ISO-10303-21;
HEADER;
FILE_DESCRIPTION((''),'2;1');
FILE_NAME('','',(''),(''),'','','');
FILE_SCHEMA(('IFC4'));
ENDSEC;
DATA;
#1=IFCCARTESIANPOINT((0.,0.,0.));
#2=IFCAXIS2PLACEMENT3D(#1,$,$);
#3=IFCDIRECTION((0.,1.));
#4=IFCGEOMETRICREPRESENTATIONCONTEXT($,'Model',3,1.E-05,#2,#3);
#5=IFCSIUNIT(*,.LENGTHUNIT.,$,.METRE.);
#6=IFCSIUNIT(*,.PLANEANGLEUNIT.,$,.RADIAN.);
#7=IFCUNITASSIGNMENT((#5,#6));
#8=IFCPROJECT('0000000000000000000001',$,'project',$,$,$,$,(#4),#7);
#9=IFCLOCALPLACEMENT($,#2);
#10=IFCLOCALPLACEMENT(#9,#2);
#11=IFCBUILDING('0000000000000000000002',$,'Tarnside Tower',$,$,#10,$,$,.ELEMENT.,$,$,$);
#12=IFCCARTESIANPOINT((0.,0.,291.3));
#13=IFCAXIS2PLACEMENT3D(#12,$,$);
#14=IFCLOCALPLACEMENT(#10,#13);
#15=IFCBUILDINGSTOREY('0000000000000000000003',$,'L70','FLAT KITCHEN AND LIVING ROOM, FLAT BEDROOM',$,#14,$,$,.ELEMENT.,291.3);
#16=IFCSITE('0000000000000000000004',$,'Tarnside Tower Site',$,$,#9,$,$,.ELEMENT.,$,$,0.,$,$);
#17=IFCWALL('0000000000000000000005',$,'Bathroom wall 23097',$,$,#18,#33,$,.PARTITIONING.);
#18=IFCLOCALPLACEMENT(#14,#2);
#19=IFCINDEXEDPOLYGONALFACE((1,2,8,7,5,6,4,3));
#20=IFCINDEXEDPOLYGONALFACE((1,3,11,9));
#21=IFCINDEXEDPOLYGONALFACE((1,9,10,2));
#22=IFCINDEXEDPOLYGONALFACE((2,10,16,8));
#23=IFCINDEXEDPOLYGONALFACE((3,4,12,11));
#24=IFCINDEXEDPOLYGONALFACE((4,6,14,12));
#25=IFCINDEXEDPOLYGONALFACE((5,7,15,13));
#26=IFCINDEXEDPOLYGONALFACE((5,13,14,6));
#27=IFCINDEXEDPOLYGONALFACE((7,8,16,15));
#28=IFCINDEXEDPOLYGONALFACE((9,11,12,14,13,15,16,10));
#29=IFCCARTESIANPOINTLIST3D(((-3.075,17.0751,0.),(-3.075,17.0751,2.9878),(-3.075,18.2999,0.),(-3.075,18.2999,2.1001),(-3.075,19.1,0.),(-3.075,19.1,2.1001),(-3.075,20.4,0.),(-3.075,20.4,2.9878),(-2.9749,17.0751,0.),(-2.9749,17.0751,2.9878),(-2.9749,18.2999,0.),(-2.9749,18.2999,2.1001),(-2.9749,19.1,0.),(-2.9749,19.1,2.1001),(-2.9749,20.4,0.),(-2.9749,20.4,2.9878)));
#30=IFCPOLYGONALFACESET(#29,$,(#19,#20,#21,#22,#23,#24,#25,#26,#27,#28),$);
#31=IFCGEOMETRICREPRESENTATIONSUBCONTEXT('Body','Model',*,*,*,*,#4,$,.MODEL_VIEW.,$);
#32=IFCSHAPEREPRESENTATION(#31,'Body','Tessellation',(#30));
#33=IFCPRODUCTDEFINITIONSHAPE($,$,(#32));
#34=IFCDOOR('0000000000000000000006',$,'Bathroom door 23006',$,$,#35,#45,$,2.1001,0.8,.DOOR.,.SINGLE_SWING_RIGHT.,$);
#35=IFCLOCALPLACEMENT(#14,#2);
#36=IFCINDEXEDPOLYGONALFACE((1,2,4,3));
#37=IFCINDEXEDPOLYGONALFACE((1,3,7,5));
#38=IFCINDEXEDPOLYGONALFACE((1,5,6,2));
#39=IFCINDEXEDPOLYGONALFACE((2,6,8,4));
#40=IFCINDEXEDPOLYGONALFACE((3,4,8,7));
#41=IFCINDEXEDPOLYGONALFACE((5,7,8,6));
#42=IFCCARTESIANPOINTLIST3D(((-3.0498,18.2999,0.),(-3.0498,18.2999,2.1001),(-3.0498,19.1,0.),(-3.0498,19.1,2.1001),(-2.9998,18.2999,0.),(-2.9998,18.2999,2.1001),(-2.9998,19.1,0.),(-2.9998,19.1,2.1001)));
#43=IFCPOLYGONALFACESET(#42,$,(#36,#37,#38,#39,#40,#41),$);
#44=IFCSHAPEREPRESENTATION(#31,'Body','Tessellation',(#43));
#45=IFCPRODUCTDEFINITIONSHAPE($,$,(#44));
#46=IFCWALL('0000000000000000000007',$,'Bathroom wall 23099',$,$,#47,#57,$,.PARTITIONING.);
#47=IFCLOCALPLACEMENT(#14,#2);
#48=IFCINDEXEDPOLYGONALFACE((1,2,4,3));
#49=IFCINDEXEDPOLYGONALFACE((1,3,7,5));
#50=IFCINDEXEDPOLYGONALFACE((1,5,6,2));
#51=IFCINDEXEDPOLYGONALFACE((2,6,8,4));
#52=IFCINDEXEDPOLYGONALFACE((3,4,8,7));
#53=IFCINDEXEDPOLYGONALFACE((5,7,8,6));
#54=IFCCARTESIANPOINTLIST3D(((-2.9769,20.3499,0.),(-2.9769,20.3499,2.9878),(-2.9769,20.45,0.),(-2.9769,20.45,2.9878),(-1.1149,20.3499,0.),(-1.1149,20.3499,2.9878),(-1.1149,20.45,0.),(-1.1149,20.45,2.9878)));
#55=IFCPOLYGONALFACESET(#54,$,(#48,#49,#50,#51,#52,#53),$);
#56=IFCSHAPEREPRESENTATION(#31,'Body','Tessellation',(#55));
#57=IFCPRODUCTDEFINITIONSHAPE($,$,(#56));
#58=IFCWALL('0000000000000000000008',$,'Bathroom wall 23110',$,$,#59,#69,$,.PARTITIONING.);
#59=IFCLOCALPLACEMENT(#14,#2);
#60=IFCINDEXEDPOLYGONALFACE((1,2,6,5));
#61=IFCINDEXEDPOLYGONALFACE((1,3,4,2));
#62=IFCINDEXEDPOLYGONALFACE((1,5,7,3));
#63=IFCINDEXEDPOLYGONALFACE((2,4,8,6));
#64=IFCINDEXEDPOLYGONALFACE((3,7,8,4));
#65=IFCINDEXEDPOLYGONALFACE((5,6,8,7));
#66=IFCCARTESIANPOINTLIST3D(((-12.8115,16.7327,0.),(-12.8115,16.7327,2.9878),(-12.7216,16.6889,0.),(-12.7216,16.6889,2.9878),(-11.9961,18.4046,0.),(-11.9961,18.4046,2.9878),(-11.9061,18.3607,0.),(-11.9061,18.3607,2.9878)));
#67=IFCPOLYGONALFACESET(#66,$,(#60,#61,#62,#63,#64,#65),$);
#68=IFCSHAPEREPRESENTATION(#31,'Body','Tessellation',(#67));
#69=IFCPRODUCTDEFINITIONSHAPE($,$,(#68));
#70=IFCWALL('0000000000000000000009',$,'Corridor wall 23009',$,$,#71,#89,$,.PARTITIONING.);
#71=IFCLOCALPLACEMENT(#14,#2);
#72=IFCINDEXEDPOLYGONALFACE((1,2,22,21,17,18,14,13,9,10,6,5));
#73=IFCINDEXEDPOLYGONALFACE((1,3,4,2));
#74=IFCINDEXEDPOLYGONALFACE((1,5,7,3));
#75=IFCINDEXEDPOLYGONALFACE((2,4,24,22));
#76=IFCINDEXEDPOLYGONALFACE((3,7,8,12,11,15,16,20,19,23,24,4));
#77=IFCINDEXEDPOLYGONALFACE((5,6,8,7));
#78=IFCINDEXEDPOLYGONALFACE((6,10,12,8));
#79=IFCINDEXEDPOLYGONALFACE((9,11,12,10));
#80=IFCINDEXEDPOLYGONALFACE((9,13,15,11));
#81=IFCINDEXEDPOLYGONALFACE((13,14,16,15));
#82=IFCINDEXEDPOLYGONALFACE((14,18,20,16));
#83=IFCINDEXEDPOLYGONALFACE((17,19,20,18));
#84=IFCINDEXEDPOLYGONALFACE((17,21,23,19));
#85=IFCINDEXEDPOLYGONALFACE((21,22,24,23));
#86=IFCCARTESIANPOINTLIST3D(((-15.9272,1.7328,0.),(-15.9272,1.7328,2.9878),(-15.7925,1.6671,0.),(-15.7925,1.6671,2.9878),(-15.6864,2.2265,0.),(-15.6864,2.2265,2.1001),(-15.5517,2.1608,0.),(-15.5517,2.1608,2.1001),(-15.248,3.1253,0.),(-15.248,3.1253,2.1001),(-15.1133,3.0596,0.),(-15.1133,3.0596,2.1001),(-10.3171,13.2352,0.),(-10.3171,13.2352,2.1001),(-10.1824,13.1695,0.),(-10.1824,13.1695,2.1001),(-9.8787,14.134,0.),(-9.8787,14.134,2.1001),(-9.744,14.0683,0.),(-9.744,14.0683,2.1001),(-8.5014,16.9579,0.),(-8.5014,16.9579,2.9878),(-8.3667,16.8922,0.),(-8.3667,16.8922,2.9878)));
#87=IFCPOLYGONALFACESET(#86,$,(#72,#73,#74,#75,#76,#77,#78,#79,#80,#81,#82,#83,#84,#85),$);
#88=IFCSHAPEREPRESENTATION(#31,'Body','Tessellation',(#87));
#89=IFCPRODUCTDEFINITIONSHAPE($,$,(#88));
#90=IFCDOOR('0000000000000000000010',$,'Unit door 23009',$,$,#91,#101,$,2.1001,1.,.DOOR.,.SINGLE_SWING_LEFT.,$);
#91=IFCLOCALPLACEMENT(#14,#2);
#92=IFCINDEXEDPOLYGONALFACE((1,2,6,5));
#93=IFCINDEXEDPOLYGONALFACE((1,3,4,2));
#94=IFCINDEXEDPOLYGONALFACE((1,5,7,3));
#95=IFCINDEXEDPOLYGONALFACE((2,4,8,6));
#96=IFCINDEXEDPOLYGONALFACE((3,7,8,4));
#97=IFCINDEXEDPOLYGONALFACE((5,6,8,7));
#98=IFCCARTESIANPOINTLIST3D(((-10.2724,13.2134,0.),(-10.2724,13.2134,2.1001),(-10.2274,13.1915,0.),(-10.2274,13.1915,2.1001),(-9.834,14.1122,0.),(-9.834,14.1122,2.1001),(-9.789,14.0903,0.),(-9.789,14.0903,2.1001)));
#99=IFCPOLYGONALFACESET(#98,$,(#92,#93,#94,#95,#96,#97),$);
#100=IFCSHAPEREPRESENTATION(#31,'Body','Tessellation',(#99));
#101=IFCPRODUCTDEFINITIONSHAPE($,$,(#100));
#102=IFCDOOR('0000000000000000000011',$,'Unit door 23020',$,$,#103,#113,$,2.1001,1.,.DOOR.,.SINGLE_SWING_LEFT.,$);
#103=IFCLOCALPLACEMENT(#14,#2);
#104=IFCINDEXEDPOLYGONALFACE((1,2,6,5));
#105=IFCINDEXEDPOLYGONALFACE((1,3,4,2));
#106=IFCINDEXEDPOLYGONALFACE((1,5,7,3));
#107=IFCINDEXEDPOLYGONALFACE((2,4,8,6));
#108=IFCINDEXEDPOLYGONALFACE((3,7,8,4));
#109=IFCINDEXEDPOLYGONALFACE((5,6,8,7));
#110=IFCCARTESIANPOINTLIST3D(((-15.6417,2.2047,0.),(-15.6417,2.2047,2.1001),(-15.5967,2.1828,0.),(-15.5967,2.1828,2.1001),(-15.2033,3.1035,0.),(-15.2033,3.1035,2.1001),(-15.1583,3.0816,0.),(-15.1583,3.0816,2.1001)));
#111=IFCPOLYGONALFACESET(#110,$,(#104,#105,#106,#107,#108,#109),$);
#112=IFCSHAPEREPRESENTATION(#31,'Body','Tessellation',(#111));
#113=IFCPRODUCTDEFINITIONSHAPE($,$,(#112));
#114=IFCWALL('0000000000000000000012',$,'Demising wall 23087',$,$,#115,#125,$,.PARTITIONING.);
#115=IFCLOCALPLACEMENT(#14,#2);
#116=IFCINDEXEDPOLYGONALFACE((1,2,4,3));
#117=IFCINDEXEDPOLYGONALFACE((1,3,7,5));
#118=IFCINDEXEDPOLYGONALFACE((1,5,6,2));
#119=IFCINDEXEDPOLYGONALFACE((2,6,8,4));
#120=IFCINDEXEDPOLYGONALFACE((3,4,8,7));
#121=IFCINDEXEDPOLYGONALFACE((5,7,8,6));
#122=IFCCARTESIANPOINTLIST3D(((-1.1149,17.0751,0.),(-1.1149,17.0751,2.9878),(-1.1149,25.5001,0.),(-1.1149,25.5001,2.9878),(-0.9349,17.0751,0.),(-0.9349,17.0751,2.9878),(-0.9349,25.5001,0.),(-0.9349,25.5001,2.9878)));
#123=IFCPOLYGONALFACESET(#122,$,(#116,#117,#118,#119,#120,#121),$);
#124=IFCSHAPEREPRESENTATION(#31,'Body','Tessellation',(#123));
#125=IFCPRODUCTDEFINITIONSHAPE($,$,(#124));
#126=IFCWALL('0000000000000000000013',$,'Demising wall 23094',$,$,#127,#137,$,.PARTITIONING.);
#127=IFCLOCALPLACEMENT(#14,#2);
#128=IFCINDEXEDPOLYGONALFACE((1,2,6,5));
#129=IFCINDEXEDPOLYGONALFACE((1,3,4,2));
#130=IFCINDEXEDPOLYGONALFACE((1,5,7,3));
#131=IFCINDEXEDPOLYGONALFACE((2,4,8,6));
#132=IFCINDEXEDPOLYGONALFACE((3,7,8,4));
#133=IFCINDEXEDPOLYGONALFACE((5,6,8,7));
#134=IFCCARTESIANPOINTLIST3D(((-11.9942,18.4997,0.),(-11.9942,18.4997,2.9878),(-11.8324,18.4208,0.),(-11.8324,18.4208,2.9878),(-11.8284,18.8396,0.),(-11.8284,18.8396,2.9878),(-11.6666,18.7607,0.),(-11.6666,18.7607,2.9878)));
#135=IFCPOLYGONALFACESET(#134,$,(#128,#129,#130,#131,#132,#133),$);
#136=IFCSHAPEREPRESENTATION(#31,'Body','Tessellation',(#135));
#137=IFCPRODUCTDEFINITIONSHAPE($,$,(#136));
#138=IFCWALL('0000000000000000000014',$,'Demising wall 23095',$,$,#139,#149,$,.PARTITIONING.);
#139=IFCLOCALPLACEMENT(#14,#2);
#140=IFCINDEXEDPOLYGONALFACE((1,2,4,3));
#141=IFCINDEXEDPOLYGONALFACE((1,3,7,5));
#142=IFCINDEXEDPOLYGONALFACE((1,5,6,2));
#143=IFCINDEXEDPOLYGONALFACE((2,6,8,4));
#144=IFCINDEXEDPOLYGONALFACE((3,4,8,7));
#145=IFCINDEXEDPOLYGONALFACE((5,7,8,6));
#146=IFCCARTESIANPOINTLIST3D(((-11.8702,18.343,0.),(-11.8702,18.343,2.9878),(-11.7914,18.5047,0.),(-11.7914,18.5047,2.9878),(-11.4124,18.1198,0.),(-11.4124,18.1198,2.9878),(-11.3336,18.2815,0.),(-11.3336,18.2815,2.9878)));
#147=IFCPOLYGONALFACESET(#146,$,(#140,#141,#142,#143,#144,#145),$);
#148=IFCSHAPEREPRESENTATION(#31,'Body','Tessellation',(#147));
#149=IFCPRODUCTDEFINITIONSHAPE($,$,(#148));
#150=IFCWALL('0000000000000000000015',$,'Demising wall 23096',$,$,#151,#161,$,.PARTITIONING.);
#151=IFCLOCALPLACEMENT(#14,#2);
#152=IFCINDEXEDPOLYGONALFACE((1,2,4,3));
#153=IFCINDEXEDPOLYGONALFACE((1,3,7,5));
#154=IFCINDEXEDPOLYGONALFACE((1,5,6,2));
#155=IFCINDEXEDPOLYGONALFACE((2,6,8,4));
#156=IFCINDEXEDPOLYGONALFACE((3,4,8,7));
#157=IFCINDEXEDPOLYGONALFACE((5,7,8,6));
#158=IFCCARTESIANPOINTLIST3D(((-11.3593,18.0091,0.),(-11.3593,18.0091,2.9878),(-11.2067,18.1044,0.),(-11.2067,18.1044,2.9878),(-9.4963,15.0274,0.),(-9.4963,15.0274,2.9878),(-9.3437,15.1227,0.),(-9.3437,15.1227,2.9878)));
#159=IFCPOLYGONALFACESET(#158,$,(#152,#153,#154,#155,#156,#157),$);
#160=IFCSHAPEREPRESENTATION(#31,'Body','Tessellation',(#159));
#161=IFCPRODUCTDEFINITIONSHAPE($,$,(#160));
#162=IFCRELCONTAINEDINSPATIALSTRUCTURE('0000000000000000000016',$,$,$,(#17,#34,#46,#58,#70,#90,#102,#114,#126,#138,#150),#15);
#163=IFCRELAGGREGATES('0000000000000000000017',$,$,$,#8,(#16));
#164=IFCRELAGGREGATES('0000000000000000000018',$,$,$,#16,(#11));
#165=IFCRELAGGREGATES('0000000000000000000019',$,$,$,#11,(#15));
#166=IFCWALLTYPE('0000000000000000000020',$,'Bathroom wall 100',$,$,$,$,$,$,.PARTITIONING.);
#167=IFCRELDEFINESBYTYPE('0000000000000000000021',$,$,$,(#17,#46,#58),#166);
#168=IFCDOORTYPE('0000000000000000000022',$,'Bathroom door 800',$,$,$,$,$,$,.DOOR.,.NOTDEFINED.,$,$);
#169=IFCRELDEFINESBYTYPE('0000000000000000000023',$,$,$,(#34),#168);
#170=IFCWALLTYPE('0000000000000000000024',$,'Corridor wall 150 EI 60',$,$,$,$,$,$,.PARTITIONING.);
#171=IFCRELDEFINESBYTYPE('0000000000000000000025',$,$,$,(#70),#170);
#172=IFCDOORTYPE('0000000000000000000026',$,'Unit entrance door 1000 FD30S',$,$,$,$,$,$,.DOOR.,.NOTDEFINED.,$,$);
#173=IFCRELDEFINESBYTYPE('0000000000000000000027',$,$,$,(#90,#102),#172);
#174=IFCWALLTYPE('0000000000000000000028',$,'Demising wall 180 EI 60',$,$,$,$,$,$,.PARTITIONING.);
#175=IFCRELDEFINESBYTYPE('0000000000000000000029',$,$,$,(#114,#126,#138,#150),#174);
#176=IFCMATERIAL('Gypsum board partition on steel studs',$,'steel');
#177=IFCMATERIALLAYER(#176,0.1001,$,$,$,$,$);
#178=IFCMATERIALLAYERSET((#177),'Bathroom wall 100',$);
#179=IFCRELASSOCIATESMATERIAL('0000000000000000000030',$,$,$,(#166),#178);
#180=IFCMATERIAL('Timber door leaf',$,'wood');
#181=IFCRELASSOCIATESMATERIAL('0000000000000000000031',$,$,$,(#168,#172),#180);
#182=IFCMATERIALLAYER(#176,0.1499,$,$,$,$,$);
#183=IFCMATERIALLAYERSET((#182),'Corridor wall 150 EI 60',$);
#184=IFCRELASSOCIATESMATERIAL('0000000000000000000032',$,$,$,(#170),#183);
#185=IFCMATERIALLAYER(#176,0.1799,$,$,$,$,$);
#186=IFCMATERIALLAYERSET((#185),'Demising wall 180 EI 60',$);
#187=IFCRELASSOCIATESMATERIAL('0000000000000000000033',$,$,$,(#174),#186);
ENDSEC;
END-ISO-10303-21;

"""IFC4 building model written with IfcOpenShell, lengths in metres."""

from ifc_helpers import new_model, si_unit, direction, frame, frame_2d, origin, place, context, subcontext, project, spatial, rectangle, extrude, material, layer, layer_set, type_object, element, fill, save


model = new_model("IFC4")

# Units and contexts
model_context = context("Model", 3, precision=1e-05, world=origin(), true_north=direction((0.0, 1.0)))
body_context = subcontext(model_context, "Body", "Model", "MODEL_VIEW")
ifc_project = project(units=[si_unit("LENGTHUNIT", "METRE"), si_unit("PLANEANGLEUNIT", "RADIAN")], contexts=[model_context])

# Site, building, storey
site_placement = place(None, origin())
site = spatial("IfcSite", under=ifc_project, at=site_placement, Name="Tarnside Tower Site", CompositionType="ELEMENT", RefElevation=0.0)
building_placement = place(site_placement, origin())
building = spatial("IfcBuilding", under=site, at=building_placement, Name="Tarnside Tower", CompositionType="ELEMENT")
storey_placement = place(building_placement, frame((0.0, 0.0, 291.3)))
storey = spatial("IfcBuildingStorey", under=building, at=storey_placement, Name="L70", Description="FLAT KITCHEN AND LIVING ROOM, FLAT BEDROOM", CompositionType="ELEMENT", Elevation=291.3)

# Wall, opening, door
ifc_material_1 = material(Name="Gypsum board partition on steel studs", Category="steel")
ifc_layer_1 = layer(ifc_material_1, 0.1001)
ifc_layer_set_1 = layer_set([ifc_layer_1], Name="Bathroom wall 100")
wall_type_1 = type_object("IfcWallType", Name="Bathroom wall 100", PredefinedType="PARTITIONING", material=ifc_layer_set_1)
wall_1_placement = place(storey_placement, frame((-3.0249, 17.075, 0.0), z_axis=(0.0, 0.0, 1.0), x_axis=(0.0, 1.0, 0.0)))
wall_1 = element("IfcWall", 1, at=wall_1_placement, inside=storey, type_object=wall_type_1, Name="Bathroom wall 23097", PredefinedType="PARTITIONING", context=body_context, shape_type="SweptSolid", body=[
    extrude(rectangle(XDim=3.325, YDim=0.1001, at=frame_2d((1.6626, 0.0))), origin(), (0.0, 0.0, 1.0), 2.9878),
])
opening_1_placement = place(wall_1_placement, frame((1.2251, 0.0, 0.0)))
opening_1 = element("IfcOpeningElement", 2, at=opening_1_placement, cuts=wall_1, PredefinedType="OPENING", context=body_context, shape_type="SweptSolid", body=[
    extrude(rectangle(XDim=0.8, YDim=2.1001, at=frame_2d((0.3999, 1.05))), frame((0.0, 0.0601, 0.0), z_axis=(0.0, -1.0, 0.0), x_axis=(1.0, 0.0, 0.0)), (0.0, 0.0, 1.0), 0.1201),
])
ifc_material_2 = material(Name="Timber door leaf", Category="wood")
door_type_1 = type_object("IfcDoorType", Name="Bathroom door 800", OperationType="NOTDEFINED", PredefinedType="DOOR", material=ifc_material_2)
door_1_placement = place(opening_1_placement, origin())
door_1 = element("IfcDoor", 3, at=door_1_placement, inside=storey, type_object=door_type_1, Name="Bathroom door 23006", OperationType="SINGLE_SWING_RIGHT", OverallHeight=2.1001, OverallWidth=0.8, PredefinedType="DOOR", context=body_context, shape_type="SweptSolid", body=[
    extrude(rectangle(XDim=0.8, YDim=2.1001, at=frame_2d((0.3999, 1.05))), frame((0.0, 0.0249, 0.0), z_axis=(0.0, -1.0, 0.0), x_axis=(1.0, 0.0, 0.0)), (0.0, 0.0, 1.0), 0.05),
])
fill(opening_1, door_1)

# Walls
wall_2_placement = place(storey_placement, frame((-1.1147, 20.3999, 0.0), z_axis=(0.0, 0.0, 1.0), x_axis=(-1.0, 0.0, 0.0)))
element("IfcWall", 4, at=wall_2_placement, inside=storey, type_object=wall_type_1, Name="Bathroom wall 23099", PredefinedType="PARTITIONING", context=body_context, shape_type="SweptSolid", body=[
    extrude(rectangle(XDim=1.8621, YDim=0.1001, at=frame_2d((0.9312, 0.0))), origin(), (0.0, 0.0, 1.0), 2.9878),
])
wall_3_placement = place(storey_placement, frame((-12.7666, 16.7107, 0.0), z_axis=(0.0, 0.0, 1.0), x_axis=(0.438372, 0.898794, 0.0)))
element("IfcWall", 5, at=wall_3_placement, inside=storey, type_object=wall_type_1, Name="Bathroom wall 23110", PredefinedType="PARTITIONING", context=body_context, shape_type="SweptSolid", body=[
    extrude(rectangle(XDim=1.8601, YDim=0.1001, at=frame_2d((0.9302, 0.0))), origin(), (0.0, 0.0, 1.0), 2.9878),
])

# Wall, openings, doors
ifc_layer_2 = layer(ifc_material_1, 0.1499)
ifc_layer_set_2 = layer_set([ifc_layer_2], Name="Corridor wall 150 EI 60")
wall_type_2 = type_object("IfcWallType", Name="Corridor wall 150 EI 60", PredefinedType="PARTITIONING", material=ifc_layer_set_2)
wall_4_placement = place(storey_placement, frame((-8.4341, 16.925, 0.0), z_axis=(0.0, 0.0, 1.0), x_axis=(-0.438371, -0.898794, 0.0)))
wall_4 = element("IfcWall", 6, at=wall_4_placement, inside=storey, type_object=wall_type_2, Name="Corridor wall 23009", PredefinedType="PARTITIONING", context=body_context, shape_type="SweptSolid", body=[
    extrude(rectangle(XDim=16.9395, YDim=0.1499, at=frame_2d((8.4697, 0.0))), origin(), (0.0, 0.0, 1.0), 2.9878),
])
opening_2_placement = place(wall_4_placement, frame((3.1418, 0.0, 0.0)))
opening_2 = element("IfcOpeningElement", 7, at=opening_2_placement, cuts=wall_4, PredefinedType="OPENING", context=body_context, shape_type="SweptSolid", body=[
    extrude(rectangle(XDim=1.0, YDim=2.1001, at=frame_2d((0.5, 1.05))), frame((0.0, 0.085, 0.0), z_axis=(0.0, -1.0, 0.0), x_axis=(1.0, 0.0, 0.0)), (0.0, 0.0, 1.0), 0.1699),
])
opening_3_placement = place(wall_4_placement, frame((15.3901, 0.0, 0.0)))
opening_3 = element("IfcOpeningElement", 8, at=opening_3_placement, cuts=wall_4, PredefinedType="OPENING", context=body_context, shape_type="SweptSolid", body=[
    extrude(rectangle(XDim=1.0, YDim=2.1001, at=frame_2d((0.5, 1.05))), frame((0.0, 0.085, 0.0), z_axis=(0.0, -1.0, 0.0), x_axis=(1.0, 0.0, 0.0)), (0.0, 0.0, 1.0), 0.1699),
])
door_type_2 = type_object("IfcDoorType", Name="Unit entrance door 1000 FD30S", OperationType="NOTDEFINED", PredefinedType="DOOR", material=ifc_material_2)
door_2_placement = place(opening_2_placement, origin())
door_2 = element("IfcDoor", 9, at=door_2_placement, inside=storey, type_object=door_type_2, Name="Unit door 23009", OperationType="SINGLE_SWING_LEFT", OverallHeight=2.1001, OverallWidth=1.0, PredefinedType="DOOR", context=body_context, shape_type="SweptSolid", body=[
    extrude(rectangle(XDim=1.0, YDim=2.1001, at=frame_2d((0.5, 1.05))), frame((0.0, 0.0249, 0.0), z_axis=(0.0, -1.0, 0.0), x_axis=(1.0, 0.0, 0.0)), (0.0, 0.0, 1.0), 0.05),
])
fill(opening_2, door_2)
door_3_placement = place(opening_3_placement, origin())
door_3 = element("IfcDoor", 10, at=door_3_placement, inside=storey, type_object=door_type_2, Name="Unit door 23020", OperationType="SINGLE_SWING_LEFT", OverallHeight=2.1001, OverallWidth=1.0, PredefinedType="DOOR", context=body_context, shape_type="SweptSolid", body=[
    extrude(rectangle(XDim=1.0, YDim=2.1001, at=frame_2d((0.5, 1.05))), frame((0.0, 0.0249, 0.0), z_axis=(0.0, -1.0, 0.0), x_axis=(1.0, 0.0, 0.0)), (0.0, 0.0, 1.0), 0.05),
])
fill(opening_3, door_3)

# Walls
ifc_layer_3 = layer(ifc_material_1, 0.1799)
ifc_layer_set_3 = layer_set([ifc_layer_3], Name="Demising wall 180 EI 60")
wall_type_3 = type_object("IfcWallType", Name="Demising wall 180 EI 60", PredefinedType="PARTITIONING", material=ifc_layer_set_3)
wall_5_placement = place(storey_placement, frame((-1.0249, 25.5, 0.0), z_axis=(0.0, 0.0, 1.0), x_axis=(0.0, -1.0, 0.0)))
element("IfcWall", 11, at=wall_5_placement, inside=storey, type_object=wall_type_3, Name="Demising wall 23087", PredefinedType="PARTITIONING", context=body_context, shape_type="SweptSolid", body=[
    extrude(rectangle(XDim=8.425, YDim=0.1799, at=frame_2d((4.2124, 0.0))), origin(), (0.0, 0.0, 1.0), 2.9878),
])
wall_6_placement = place(storey_placement, frame((-11.7476, 18.8, 0.0), z_axis=(0.0, 0.0, 1.0), x_axis=(-0.438411, -0.898775, 0.0)))
element("IfcWall", 12, at=wall_6_placement, inside=storey, type_object=wall_type_3, Name="Demising wall 23094", PredefinedType="PARTITIONING", context=body_context, shape_type="SweptSolid", body=[
    extrude(rectangle(XDim=0.3782, YDim=0.1799, at=frame_2d((0.189, 0.0))), origin(), (0.0, 0.0, 1.0), 2.9878),
])
wall_7_placement = place(storey_placement, frame((-11.8308, 18.4238, 0.0), z_axis=(0.0, 0.0, 1.0), x_axis=(0.898888, -0.438178, 0.0)))
element("IfcWall", 13, at=wall_7_placement, inside=storey, type_object=wall_type_3, Name="Demising wall 23095", PredefinedType="PARTITIONING", context=body_context, shape_type="SweptSolid", body=[
    extrude(rectangle(XDim=0.5093, YDim=0.1799, at=frame_2d((0.2546, 0.0))), origin(), (0.0, 0.0, 1.0), 2.9878),
])
wall_8_placement = place(storey_placement, frame((-11.283, 18.0566, 0.0), z_axis=(0.0, 0.0, 1.0), x_axis=(0.529893, -0.848065, 0.0)))
element("IfcWall", 14, at=wall_8_placement, inside=storey, type_object=wall_type_3, Name="Demising wall 23096", PredefinedType="PARTITIONING", context=body_context, shape_type="SweptSolid", body=[
    extrude(rectangle(XDim=3.5159, YDim=0.1799, at=frame_2d((1.7578, 0.0))), origin(), (0.0, 0.0, 1.0), 2.9878),
])

save(model, "model.ifc")
